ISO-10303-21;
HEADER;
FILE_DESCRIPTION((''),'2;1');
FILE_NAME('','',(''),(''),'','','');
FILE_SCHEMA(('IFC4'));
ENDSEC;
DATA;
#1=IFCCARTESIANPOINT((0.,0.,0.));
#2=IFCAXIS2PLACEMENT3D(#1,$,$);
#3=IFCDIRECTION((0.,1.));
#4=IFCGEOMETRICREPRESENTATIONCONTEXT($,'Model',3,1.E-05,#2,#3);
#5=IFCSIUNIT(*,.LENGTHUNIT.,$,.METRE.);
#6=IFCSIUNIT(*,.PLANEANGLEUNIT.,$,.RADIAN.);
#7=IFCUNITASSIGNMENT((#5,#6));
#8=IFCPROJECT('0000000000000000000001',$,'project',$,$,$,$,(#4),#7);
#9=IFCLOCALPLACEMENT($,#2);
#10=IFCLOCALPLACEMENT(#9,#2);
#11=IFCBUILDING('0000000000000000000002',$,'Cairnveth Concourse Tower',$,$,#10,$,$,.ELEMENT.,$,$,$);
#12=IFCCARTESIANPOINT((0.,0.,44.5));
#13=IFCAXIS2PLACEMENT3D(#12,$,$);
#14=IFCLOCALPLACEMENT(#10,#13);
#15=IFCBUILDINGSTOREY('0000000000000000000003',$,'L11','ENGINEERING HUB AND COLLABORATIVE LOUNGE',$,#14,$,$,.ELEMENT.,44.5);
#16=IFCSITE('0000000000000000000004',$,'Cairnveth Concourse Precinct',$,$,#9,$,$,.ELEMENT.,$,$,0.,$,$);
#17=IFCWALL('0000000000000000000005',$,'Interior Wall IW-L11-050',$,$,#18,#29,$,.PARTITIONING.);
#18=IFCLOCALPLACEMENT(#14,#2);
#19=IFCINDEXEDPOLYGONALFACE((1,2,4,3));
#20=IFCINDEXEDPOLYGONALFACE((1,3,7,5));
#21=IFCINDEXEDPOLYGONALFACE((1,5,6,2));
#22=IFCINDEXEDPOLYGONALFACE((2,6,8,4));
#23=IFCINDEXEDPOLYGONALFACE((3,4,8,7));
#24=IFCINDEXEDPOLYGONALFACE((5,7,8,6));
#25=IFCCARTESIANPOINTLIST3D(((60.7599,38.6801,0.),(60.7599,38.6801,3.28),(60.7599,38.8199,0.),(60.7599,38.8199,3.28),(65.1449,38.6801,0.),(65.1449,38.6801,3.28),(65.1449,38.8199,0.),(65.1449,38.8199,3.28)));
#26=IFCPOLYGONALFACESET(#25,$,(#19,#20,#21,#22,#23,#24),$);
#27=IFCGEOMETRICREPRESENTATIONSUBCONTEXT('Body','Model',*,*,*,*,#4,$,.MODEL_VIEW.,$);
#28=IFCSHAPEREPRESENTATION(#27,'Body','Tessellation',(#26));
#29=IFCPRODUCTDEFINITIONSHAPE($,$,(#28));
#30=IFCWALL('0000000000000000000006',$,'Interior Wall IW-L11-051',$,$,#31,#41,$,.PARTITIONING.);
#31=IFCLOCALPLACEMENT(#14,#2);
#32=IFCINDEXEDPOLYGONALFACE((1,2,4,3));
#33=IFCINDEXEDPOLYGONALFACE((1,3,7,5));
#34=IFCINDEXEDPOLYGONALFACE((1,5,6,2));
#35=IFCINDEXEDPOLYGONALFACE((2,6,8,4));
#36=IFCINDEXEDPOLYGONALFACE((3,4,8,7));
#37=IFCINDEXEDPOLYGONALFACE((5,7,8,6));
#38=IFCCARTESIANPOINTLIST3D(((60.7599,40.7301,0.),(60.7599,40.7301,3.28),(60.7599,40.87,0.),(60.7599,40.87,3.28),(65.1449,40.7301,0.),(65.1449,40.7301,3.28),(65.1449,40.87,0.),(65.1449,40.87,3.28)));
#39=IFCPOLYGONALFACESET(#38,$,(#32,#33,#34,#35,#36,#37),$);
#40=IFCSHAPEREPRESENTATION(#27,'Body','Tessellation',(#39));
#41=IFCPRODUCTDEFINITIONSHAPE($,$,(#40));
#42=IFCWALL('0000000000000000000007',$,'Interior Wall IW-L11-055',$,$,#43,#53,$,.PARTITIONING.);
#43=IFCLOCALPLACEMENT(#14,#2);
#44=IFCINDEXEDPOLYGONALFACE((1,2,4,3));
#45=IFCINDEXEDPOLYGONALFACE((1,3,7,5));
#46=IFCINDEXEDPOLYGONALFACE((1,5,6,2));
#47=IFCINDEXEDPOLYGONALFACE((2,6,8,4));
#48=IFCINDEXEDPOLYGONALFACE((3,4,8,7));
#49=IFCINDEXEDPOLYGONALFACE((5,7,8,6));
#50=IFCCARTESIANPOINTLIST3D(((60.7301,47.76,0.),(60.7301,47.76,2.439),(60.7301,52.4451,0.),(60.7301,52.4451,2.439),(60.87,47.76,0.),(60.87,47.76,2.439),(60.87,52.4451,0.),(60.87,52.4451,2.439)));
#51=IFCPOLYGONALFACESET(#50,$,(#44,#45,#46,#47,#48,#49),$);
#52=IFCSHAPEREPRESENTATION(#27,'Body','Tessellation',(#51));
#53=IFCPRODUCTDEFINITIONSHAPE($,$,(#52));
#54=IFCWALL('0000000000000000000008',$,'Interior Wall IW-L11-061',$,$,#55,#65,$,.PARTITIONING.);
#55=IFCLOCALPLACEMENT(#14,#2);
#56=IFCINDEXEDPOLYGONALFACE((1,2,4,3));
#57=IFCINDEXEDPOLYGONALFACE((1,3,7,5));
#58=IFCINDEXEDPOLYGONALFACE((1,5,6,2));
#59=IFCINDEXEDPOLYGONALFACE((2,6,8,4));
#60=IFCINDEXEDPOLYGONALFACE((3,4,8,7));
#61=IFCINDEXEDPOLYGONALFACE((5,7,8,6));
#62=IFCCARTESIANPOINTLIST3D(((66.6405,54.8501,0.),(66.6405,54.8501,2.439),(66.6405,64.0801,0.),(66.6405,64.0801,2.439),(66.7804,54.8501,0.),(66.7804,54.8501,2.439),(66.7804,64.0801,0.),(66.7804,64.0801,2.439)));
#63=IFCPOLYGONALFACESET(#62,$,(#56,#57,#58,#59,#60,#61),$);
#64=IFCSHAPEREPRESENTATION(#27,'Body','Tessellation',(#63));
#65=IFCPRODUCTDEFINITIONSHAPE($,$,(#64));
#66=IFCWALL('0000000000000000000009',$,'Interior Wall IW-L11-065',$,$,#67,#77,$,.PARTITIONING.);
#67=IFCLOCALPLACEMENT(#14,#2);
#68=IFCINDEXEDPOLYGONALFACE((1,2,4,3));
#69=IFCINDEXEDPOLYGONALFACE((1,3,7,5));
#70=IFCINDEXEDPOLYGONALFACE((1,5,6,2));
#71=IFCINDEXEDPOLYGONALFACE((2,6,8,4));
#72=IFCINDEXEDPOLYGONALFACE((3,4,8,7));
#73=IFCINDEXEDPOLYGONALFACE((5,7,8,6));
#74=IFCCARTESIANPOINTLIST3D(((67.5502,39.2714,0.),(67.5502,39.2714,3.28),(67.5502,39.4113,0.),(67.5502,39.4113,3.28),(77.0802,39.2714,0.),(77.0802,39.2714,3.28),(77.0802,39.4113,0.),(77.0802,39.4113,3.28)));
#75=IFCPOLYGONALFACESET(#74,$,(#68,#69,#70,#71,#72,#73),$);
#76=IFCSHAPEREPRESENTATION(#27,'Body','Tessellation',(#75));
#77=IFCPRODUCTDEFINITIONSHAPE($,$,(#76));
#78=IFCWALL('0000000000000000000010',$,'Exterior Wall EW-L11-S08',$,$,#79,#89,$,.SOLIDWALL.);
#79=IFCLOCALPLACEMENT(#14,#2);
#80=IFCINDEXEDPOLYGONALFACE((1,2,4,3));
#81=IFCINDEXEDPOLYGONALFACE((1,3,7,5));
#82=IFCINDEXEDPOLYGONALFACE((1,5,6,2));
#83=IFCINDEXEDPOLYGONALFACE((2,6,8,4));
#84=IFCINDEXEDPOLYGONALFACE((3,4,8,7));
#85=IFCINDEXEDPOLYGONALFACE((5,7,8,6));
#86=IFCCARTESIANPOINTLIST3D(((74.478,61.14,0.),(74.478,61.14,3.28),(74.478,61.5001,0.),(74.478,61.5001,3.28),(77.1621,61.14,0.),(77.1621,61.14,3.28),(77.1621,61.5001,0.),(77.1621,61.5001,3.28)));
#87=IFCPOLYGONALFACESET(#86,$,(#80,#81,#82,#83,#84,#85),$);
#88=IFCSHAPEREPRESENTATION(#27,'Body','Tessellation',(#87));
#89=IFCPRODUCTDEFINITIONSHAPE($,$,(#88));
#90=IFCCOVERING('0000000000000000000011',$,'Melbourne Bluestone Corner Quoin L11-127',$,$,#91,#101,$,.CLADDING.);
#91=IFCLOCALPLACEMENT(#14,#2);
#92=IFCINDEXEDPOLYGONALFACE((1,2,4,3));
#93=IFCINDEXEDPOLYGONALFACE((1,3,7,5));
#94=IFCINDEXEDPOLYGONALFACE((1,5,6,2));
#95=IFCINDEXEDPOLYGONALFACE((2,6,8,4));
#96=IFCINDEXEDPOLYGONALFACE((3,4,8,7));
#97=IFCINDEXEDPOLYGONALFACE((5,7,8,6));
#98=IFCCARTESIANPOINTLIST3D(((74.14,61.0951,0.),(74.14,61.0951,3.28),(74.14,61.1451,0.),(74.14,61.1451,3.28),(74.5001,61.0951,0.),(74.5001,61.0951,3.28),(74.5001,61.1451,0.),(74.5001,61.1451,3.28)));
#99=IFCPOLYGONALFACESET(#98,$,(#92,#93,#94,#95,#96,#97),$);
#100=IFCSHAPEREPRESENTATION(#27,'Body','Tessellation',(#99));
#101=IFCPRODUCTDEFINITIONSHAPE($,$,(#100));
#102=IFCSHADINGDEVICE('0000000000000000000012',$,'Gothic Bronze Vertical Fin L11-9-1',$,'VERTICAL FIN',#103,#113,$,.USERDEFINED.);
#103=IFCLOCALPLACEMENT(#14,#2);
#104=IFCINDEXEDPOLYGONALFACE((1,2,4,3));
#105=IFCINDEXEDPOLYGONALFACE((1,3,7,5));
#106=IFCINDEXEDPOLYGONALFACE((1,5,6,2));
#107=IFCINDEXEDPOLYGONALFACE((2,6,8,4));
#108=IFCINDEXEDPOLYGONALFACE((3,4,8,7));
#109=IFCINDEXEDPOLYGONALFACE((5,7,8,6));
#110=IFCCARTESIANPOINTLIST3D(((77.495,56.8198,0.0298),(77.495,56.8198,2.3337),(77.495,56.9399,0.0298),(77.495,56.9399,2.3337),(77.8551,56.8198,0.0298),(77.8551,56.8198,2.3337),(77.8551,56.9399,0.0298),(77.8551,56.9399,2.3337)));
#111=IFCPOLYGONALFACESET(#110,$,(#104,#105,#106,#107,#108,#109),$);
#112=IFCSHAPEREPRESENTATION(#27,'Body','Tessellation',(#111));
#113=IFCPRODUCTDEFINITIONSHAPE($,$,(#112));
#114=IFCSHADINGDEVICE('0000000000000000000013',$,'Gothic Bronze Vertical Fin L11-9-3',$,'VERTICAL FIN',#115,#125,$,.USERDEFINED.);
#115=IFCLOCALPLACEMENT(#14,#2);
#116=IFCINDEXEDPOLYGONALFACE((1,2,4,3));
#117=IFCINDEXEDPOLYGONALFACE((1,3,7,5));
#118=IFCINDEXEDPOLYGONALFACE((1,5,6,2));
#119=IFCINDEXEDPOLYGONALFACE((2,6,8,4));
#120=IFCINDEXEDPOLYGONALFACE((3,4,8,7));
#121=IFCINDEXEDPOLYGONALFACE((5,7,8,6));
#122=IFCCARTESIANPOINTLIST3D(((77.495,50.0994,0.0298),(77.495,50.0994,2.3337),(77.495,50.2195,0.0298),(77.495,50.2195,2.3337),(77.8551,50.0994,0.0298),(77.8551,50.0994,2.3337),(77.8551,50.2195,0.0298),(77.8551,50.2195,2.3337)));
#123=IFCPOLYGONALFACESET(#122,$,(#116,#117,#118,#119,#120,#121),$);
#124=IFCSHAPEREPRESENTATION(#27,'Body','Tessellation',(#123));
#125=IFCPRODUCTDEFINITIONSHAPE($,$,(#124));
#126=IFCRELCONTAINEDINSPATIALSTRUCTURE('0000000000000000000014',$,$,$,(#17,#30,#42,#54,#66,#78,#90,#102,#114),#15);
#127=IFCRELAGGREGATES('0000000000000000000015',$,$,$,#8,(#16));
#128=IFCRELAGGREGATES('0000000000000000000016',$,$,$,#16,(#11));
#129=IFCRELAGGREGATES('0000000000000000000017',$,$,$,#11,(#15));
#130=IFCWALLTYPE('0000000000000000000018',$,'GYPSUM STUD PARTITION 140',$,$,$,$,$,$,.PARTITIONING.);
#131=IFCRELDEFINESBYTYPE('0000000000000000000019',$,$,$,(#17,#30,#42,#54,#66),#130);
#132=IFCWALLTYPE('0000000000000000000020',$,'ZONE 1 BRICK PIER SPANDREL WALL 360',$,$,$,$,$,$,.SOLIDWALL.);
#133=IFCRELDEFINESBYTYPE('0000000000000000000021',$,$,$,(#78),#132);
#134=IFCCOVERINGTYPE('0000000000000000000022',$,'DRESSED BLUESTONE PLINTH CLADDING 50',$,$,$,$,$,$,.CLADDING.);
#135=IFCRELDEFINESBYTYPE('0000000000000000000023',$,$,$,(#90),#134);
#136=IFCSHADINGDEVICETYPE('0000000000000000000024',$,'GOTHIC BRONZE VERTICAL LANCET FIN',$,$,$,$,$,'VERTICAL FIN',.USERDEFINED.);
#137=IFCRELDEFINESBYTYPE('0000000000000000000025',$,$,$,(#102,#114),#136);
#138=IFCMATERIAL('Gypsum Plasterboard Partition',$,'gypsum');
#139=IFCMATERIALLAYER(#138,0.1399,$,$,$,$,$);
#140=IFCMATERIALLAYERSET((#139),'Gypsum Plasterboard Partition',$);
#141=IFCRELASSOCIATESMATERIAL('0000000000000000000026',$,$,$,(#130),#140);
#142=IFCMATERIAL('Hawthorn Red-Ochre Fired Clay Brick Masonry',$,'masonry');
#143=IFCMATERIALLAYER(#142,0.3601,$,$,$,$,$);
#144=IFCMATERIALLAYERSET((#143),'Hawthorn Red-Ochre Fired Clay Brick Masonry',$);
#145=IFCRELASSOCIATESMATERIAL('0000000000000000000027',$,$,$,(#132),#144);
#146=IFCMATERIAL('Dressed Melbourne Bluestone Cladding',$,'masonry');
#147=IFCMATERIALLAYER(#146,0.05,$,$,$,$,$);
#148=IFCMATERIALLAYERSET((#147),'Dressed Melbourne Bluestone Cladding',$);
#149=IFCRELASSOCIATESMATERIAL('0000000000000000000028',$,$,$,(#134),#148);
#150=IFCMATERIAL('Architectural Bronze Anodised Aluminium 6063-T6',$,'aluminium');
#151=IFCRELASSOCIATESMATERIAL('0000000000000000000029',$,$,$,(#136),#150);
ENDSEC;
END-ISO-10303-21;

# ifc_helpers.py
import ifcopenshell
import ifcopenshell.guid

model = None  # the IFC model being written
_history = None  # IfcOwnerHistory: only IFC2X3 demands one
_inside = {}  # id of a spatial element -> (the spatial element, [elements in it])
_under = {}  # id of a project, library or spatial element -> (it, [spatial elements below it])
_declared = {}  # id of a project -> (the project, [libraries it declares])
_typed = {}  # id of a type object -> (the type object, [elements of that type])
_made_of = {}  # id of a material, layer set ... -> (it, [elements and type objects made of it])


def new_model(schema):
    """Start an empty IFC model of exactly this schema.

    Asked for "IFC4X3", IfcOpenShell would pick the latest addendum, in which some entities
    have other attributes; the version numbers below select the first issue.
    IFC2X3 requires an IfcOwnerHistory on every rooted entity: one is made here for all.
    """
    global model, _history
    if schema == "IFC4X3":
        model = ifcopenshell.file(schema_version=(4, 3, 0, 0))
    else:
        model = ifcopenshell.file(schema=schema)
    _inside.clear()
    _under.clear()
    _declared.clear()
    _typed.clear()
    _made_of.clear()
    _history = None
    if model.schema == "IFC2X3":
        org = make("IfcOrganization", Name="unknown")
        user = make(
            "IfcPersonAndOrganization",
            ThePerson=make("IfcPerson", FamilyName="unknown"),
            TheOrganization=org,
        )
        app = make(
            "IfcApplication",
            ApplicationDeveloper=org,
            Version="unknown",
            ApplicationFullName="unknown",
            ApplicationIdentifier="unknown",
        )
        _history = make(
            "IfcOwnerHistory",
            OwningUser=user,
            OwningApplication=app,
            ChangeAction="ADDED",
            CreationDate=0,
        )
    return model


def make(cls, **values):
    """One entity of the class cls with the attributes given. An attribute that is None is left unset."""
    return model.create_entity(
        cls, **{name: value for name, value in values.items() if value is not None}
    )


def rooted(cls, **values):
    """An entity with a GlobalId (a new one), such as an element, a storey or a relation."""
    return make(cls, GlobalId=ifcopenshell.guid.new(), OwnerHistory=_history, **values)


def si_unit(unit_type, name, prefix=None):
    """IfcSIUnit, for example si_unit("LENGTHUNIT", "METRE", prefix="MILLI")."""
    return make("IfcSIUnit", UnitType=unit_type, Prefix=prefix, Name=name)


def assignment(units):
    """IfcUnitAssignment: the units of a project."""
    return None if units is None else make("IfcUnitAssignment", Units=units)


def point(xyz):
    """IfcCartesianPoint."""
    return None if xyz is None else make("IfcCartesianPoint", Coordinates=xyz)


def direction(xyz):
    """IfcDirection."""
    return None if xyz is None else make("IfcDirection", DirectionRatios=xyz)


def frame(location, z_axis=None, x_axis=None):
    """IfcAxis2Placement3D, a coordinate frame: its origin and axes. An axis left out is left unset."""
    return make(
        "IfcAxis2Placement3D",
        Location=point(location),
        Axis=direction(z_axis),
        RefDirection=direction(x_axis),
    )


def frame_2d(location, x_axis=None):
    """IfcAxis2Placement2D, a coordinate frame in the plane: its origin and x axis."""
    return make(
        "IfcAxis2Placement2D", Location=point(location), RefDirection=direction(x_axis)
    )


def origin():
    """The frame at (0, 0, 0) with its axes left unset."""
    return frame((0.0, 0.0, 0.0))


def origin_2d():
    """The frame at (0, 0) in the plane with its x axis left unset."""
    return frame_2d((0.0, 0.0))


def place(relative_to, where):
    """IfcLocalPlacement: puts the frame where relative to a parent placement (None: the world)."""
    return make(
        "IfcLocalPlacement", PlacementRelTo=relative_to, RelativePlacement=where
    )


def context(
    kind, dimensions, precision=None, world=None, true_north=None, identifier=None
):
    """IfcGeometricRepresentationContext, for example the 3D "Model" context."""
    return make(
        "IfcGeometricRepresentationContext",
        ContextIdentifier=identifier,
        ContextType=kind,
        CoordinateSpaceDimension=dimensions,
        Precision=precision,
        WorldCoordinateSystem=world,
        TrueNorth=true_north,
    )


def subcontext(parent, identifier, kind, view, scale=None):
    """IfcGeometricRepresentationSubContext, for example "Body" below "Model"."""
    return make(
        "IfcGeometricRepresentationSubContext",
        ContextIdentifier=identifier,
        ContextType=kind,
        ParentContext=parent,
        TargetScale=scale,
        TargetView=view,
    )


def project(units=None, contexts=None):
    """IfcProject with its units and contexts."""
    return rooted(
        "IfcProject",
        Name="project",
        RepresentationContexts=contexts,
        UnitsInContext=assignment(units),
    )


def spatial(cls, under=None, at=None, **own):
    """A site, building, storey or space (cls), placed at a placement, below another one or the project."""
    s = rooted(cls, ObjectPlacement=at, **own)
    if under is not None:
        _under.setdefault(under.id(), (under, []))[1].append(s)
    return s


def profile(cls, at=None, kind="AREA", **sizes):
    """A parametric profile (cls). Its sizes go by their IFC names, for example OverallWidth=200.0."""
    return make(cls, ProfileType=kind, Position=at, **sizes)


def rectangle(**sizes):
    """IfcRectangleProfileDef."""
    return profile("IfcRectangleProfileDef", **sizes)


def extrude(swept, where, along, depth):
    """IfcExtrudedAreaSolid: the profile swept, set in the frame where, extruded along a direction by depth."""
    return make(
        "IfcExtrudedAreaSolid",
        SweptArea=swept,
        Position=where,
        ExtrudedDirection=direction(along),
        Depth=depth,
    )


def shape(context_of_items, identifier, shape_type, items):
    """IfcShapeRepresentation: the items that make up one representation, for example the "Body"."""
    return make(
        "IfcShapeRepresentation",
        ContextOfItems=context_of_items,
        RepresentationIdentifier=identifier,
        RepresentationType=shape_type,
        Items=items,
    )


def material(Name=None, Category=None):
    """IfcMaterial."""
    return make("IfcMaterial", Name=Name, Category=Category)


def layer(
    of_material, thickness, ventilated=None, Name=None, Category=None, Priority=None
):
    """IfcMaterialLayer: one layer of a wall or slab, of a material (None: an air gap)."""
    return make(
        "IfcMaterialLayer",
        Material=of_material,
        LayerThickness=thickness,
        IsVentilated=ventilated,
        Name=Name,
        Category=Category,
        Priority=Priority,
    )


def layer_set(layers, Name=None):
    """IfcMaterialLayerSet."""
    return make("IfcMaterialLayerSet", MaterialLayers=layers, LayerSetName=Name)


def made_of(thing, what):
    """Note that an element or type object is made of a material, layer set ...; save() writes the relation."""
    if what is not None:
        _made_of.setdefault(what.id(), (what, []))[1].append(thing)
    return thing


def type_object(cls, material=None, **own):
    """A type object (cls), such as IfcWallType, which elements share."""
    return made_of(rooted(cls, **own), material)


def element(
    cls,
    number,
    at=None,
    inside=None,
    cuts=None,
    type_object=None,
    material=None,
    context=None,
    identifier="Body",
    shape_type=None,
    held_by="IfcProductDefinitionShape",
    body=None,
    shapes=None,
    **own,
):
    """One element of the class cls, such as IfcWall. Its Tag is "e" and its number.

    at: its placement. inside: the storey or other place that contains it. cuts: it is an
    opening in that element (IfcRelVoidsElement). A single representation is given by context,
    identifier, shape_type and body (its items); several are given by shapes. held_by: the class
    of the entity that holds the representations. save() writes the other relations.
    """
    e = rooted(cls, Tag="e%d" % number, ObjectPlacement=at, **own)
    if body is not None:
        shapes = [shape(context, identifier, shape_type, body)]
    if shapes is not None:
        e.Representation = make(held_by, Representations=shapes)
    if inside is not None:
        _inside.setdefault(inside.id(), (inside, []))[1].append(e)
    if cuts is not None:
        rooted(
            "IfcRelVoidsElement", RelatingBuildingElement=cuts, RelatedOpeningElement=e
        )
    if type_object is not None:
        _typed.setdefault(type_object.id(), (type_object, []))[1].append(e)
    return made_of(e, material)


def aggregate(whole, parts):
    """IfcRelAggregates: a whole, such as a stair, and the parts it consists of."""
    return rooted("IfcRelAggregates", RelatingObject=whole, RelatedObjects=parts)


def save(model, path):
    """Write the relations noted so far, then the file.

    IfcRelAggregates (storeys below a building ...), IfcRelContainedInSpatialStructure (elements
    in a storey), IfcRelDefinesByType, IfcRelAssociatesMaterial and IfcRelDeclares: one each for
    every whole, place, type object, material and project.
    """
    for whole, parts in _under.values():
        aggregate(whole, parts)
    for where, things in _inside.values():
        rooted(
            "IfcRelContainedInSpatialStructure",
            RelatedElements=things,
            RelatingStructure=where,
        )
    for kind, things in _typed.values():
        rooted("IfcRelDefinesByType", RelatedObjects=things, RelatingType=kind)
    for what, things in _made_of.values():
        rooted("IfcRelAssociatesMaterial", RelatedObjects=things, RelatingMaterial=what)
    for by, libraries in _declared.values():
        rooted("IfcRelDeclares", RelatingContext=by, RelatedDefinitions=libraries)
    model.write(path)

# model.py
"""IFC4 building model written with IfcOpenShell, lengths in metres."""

from ifc_helpers import new_model, si_unit, direction, frame, frame_2d, origin, origin_2d, place, context, subcontext, project, spatial, rectangle, extrude, material, layer, layer_set, type_object, element, save


model = new_model("IFC4")

# Units and contexts
model_context = context("Model", 3, precision=1e-05, world=origin(), true_north=direction((0.0, 1.0)))
body_context = subcontext(model_context, "Body", "Model", "MODEL_VIEW")
ifc_project = project(units=[si_unit("LENGTHUNIT", "METRE"), si_unit("PLANEANGLEUNIT", "RADIAN")], contexts=[model_context])

# Site, building, storey
site_placement = place(None, origin())
site = spatial("IfcSite", under=ifc_project, at=site_placement, Name="Cairnveth Concourse Precinct", CompositionType="ELEMENT", RefElevation=0.0)
building_placement = place(site_placement, origin())
building = spatial("IfcBuilding", under=site, at=building_placement, Name="Cairnveth Concourse Tower", CompositionType="ELEMENT")
storey_placement = place(building_placement, frame((0.0, 0.0, 44.5)))
storey = spatial("IfcBuildingStorey", under=building, at=storey_placement, Name="L11", Description="ENGINEERING HUB AND COLLABORATIVE LOUNGE", CompositionType="ELEMENT", Elevation=44.5)

# Shared definitions
ifc_material_1 = material(Name="Gypsum Plasterboard Partition", Category="gypsum")
ifc_layer_1 = layer(ifc_material_1, 0.1399)
ifc_layer_set_1 = layer_set([ifc_layer_1], Name="Gypsum Plasterboard Partition")
wall_type_1 = type_object("IfcWallType", Name="GYPSUM STUD PARTITION 140", PredefinedType="PARTITIONING", material=ifc_layer_set_1)

# Walls
for number, where, z_axis, x_axis, name in (
    (1, (60.76, 38.75, 0.0), (0.0, 0.0, 1.0), (1.0, 0.0, 0.0), "Interior Wall IW-L11-050"),
    (2, (60.76, 40.8, 0.0), (0.0, 0.0, 1.0), (1.0, 0.0, 0.0), "Interior Wall IW-L11-051"),
):
    element("IfcWall", number, at=place(storey_placement, frame(where, z_axis=z_axis, x_axis=x_axis)), inside=storey, type_object=wall_type_1, Name=name, PredefinedType="PARTITIONING", context=body_context, shape_type="SweptSolid", body=[
        extrude(rectangle(XDim=4.385, YDim=0.1399, at=frame_2d((2.1924, 0.0))), origin(), (0.0, 0.0, 1.0), 3.28),
    ])
wall_1_placement = place(storey_placement, frame((60.8, 47.76, 0.0), z_axis=(0.0, 0.0, 1.0), x_axis=(0.0, 1.0, 0.0)))
element("IfcWall", 3, at=wall_1_placement, inside=storey, type_object=wall_type_1, Name="Interior Wall IW-L11-055", PredefinedType="PARTITIONING", context=body_context, shape_type="SweptSolid", body=[
    extrude(rectangle(XDim=4.6851, YDim=0.1399, at=frame_2d((2.3425, 0.0))), origin(), (0.0, 0.0, 1.0), 2.439),
])
wall_2_placement = place(storey_placement, frame((66.7104, 54.8501, 0.0), z_axis=(0.0, 0.0, 1.0), x_axis=(0.0, 1.0, 0.0)))
element("IfcWall", 4, at=wall_2_placement, inside=storey, type_object=wall_type_1, Name="Interior Wall IW-L11-061", PredefinedType="PARTITIONING", context=body_context, shape_type="SweptSolid", body=[
    extrude(rectangle(XDim=9.23, YDim=0.1399, at=frame_2d((4.615, 0.0))), origin(), (0.0, 0.0, 1.0), 2.439),
])
wall_3_placement = place(storey_placement, frame((67.55, 39.3413, 0.0), z_axis=(0.0, 0.0, 1.0), x_axis=(1.0, 0.0, 0.0)))
element("IfcWall", 5, at=wall_3_placement, inside=storey, type_object=wall_type_1, Name="Interior Wall IW-L11-065", PredefinedType="PARTITIONING", context=body_context, shape_type="SweptSolid", body=[
    extrude(rectangle(XDim=9.53, YDim=0.1399, at=frame_2d((4.7651, 0.0))), origin(), (0.0, 0.0, 1.0), 3.28),
])
ifc_material_2 = material(Name="Hawthorn Red-Ochre Fired Clay Brick Masonry", Category="masonry")
ifc_layer_2 = layer(ifc_material_2, 0.3601)
ifc_layer_set_2 = layer_set([ifc_layer_2], Name="Hawthorn Red-Ochre Fired Clay Brick Masonry")
wall_type_2 = type_object("IfcWallType", Name="ZONE 1 BRICK PIER SPANDREL WALL 360", PredefinedType="SOLIDWALL", material=ifc_layer_set_2)
wall_4_placement = place(storey_placement, frame((74.478, 61.3201, 0.0), z_axis=(0.0, 0.0, 1.0), x_axis=(1.0, 0.0, 0.0)))
element("IfcWall", 6, at=wall_4_placement, inside=storey, type_object=wall_type_2, Name="Exterior Wall EW-L11-S08", PredefinedType="SOLIDWALL", context=body_context, shape_type="SweptSolid", body=[
    extrude(rectangle(XDim=2.6841, YDim=0.3601, at=frame_2d((1.342, 0.0))), origin(), (0.0, 0.0, 1.0), 3.28),
])

# Covering
ifc_material_3 = material(Name="Dressed Melbourne Bluestone Cladding", Category="masonry")
ifc_layer_3 = layer(ifc_material_3, 0.05)
ifc_layer_set_3 = layer_set([ifc_layer_3], Name="Dressed Melbourne Bluestone Cladding")
covering_type = type_object("IfcCoveringType", Name="DRESSED BLUESTONE PLINTH CLADDING 50", PredefinedType="CLADDING", material=ifc_layer_set_3)
covering_placement = place(storey_placement, frame((74.1399, 61.1201, 0.0), z_axis=(0.0, 0.0, 1.0), x_axis=(1.0, 0.0, 0.0)))
element("IfcCovering", 7, at=covering_placement, inside=storey, type_object=covering_type, Name="Melbourne Bluestone Corner Quoin L11-127", PredefinedType="CLADDING", context=body_context, shape_type="SweptSolid", body=[
    extrude(rectangle(XDim=0.3601, YDim=0.05, at=frame_2d((0.1802, 0.0))), origin(), (0.0, 0.0, 1.0), 3.28),
])

# Shading devices
ifc_material_4 = material(Name="Architectural Bronze Anodised Aluminium 6063-T6", Category="aluminium")
shading_device_type = type_object("IfcShadingDeviceType", Name="GOTHIC BRONZE VERTICAL LANCET FIN", ElementType="VERTICAL FIN", PredefinedType="USERDEFINED", material=ifc_material_4)
for number, where, z_axis, x_axis, name in (
    (8, (77.675, 56.8799, 0.0298), (0.0, 0.0, 1.0), (0.0, 1.0, 0.0), "Gothic Bronze Vertical Fin L11-9-1"),
    (9, (77.675, 50.1594, 0.0298), (0.0, 0.0, 1.0), (0.0, 1.0, 0.0), "Gothic Bronze Vertical Fin L11-9-3"),
):
    element("IfcShadingDevice", number, at=place(storey_placement, frame(where, z_axis=z_axis, x_axis=x_axis)), inside=storey, type_object=shading_device_type, Name=name, ObjectType="VERTICAL FIN", PredefinedType="USERDEFINED", context=body_context, shape_type="SweptSolid", body=[
        extrude(rectangle(XDim=0.1201, YDim=0.3601, at=origin_2d()), origin(), (0.0, 0.0, 1.0), 2.304),
    ])

save(model, "model.ifc")
